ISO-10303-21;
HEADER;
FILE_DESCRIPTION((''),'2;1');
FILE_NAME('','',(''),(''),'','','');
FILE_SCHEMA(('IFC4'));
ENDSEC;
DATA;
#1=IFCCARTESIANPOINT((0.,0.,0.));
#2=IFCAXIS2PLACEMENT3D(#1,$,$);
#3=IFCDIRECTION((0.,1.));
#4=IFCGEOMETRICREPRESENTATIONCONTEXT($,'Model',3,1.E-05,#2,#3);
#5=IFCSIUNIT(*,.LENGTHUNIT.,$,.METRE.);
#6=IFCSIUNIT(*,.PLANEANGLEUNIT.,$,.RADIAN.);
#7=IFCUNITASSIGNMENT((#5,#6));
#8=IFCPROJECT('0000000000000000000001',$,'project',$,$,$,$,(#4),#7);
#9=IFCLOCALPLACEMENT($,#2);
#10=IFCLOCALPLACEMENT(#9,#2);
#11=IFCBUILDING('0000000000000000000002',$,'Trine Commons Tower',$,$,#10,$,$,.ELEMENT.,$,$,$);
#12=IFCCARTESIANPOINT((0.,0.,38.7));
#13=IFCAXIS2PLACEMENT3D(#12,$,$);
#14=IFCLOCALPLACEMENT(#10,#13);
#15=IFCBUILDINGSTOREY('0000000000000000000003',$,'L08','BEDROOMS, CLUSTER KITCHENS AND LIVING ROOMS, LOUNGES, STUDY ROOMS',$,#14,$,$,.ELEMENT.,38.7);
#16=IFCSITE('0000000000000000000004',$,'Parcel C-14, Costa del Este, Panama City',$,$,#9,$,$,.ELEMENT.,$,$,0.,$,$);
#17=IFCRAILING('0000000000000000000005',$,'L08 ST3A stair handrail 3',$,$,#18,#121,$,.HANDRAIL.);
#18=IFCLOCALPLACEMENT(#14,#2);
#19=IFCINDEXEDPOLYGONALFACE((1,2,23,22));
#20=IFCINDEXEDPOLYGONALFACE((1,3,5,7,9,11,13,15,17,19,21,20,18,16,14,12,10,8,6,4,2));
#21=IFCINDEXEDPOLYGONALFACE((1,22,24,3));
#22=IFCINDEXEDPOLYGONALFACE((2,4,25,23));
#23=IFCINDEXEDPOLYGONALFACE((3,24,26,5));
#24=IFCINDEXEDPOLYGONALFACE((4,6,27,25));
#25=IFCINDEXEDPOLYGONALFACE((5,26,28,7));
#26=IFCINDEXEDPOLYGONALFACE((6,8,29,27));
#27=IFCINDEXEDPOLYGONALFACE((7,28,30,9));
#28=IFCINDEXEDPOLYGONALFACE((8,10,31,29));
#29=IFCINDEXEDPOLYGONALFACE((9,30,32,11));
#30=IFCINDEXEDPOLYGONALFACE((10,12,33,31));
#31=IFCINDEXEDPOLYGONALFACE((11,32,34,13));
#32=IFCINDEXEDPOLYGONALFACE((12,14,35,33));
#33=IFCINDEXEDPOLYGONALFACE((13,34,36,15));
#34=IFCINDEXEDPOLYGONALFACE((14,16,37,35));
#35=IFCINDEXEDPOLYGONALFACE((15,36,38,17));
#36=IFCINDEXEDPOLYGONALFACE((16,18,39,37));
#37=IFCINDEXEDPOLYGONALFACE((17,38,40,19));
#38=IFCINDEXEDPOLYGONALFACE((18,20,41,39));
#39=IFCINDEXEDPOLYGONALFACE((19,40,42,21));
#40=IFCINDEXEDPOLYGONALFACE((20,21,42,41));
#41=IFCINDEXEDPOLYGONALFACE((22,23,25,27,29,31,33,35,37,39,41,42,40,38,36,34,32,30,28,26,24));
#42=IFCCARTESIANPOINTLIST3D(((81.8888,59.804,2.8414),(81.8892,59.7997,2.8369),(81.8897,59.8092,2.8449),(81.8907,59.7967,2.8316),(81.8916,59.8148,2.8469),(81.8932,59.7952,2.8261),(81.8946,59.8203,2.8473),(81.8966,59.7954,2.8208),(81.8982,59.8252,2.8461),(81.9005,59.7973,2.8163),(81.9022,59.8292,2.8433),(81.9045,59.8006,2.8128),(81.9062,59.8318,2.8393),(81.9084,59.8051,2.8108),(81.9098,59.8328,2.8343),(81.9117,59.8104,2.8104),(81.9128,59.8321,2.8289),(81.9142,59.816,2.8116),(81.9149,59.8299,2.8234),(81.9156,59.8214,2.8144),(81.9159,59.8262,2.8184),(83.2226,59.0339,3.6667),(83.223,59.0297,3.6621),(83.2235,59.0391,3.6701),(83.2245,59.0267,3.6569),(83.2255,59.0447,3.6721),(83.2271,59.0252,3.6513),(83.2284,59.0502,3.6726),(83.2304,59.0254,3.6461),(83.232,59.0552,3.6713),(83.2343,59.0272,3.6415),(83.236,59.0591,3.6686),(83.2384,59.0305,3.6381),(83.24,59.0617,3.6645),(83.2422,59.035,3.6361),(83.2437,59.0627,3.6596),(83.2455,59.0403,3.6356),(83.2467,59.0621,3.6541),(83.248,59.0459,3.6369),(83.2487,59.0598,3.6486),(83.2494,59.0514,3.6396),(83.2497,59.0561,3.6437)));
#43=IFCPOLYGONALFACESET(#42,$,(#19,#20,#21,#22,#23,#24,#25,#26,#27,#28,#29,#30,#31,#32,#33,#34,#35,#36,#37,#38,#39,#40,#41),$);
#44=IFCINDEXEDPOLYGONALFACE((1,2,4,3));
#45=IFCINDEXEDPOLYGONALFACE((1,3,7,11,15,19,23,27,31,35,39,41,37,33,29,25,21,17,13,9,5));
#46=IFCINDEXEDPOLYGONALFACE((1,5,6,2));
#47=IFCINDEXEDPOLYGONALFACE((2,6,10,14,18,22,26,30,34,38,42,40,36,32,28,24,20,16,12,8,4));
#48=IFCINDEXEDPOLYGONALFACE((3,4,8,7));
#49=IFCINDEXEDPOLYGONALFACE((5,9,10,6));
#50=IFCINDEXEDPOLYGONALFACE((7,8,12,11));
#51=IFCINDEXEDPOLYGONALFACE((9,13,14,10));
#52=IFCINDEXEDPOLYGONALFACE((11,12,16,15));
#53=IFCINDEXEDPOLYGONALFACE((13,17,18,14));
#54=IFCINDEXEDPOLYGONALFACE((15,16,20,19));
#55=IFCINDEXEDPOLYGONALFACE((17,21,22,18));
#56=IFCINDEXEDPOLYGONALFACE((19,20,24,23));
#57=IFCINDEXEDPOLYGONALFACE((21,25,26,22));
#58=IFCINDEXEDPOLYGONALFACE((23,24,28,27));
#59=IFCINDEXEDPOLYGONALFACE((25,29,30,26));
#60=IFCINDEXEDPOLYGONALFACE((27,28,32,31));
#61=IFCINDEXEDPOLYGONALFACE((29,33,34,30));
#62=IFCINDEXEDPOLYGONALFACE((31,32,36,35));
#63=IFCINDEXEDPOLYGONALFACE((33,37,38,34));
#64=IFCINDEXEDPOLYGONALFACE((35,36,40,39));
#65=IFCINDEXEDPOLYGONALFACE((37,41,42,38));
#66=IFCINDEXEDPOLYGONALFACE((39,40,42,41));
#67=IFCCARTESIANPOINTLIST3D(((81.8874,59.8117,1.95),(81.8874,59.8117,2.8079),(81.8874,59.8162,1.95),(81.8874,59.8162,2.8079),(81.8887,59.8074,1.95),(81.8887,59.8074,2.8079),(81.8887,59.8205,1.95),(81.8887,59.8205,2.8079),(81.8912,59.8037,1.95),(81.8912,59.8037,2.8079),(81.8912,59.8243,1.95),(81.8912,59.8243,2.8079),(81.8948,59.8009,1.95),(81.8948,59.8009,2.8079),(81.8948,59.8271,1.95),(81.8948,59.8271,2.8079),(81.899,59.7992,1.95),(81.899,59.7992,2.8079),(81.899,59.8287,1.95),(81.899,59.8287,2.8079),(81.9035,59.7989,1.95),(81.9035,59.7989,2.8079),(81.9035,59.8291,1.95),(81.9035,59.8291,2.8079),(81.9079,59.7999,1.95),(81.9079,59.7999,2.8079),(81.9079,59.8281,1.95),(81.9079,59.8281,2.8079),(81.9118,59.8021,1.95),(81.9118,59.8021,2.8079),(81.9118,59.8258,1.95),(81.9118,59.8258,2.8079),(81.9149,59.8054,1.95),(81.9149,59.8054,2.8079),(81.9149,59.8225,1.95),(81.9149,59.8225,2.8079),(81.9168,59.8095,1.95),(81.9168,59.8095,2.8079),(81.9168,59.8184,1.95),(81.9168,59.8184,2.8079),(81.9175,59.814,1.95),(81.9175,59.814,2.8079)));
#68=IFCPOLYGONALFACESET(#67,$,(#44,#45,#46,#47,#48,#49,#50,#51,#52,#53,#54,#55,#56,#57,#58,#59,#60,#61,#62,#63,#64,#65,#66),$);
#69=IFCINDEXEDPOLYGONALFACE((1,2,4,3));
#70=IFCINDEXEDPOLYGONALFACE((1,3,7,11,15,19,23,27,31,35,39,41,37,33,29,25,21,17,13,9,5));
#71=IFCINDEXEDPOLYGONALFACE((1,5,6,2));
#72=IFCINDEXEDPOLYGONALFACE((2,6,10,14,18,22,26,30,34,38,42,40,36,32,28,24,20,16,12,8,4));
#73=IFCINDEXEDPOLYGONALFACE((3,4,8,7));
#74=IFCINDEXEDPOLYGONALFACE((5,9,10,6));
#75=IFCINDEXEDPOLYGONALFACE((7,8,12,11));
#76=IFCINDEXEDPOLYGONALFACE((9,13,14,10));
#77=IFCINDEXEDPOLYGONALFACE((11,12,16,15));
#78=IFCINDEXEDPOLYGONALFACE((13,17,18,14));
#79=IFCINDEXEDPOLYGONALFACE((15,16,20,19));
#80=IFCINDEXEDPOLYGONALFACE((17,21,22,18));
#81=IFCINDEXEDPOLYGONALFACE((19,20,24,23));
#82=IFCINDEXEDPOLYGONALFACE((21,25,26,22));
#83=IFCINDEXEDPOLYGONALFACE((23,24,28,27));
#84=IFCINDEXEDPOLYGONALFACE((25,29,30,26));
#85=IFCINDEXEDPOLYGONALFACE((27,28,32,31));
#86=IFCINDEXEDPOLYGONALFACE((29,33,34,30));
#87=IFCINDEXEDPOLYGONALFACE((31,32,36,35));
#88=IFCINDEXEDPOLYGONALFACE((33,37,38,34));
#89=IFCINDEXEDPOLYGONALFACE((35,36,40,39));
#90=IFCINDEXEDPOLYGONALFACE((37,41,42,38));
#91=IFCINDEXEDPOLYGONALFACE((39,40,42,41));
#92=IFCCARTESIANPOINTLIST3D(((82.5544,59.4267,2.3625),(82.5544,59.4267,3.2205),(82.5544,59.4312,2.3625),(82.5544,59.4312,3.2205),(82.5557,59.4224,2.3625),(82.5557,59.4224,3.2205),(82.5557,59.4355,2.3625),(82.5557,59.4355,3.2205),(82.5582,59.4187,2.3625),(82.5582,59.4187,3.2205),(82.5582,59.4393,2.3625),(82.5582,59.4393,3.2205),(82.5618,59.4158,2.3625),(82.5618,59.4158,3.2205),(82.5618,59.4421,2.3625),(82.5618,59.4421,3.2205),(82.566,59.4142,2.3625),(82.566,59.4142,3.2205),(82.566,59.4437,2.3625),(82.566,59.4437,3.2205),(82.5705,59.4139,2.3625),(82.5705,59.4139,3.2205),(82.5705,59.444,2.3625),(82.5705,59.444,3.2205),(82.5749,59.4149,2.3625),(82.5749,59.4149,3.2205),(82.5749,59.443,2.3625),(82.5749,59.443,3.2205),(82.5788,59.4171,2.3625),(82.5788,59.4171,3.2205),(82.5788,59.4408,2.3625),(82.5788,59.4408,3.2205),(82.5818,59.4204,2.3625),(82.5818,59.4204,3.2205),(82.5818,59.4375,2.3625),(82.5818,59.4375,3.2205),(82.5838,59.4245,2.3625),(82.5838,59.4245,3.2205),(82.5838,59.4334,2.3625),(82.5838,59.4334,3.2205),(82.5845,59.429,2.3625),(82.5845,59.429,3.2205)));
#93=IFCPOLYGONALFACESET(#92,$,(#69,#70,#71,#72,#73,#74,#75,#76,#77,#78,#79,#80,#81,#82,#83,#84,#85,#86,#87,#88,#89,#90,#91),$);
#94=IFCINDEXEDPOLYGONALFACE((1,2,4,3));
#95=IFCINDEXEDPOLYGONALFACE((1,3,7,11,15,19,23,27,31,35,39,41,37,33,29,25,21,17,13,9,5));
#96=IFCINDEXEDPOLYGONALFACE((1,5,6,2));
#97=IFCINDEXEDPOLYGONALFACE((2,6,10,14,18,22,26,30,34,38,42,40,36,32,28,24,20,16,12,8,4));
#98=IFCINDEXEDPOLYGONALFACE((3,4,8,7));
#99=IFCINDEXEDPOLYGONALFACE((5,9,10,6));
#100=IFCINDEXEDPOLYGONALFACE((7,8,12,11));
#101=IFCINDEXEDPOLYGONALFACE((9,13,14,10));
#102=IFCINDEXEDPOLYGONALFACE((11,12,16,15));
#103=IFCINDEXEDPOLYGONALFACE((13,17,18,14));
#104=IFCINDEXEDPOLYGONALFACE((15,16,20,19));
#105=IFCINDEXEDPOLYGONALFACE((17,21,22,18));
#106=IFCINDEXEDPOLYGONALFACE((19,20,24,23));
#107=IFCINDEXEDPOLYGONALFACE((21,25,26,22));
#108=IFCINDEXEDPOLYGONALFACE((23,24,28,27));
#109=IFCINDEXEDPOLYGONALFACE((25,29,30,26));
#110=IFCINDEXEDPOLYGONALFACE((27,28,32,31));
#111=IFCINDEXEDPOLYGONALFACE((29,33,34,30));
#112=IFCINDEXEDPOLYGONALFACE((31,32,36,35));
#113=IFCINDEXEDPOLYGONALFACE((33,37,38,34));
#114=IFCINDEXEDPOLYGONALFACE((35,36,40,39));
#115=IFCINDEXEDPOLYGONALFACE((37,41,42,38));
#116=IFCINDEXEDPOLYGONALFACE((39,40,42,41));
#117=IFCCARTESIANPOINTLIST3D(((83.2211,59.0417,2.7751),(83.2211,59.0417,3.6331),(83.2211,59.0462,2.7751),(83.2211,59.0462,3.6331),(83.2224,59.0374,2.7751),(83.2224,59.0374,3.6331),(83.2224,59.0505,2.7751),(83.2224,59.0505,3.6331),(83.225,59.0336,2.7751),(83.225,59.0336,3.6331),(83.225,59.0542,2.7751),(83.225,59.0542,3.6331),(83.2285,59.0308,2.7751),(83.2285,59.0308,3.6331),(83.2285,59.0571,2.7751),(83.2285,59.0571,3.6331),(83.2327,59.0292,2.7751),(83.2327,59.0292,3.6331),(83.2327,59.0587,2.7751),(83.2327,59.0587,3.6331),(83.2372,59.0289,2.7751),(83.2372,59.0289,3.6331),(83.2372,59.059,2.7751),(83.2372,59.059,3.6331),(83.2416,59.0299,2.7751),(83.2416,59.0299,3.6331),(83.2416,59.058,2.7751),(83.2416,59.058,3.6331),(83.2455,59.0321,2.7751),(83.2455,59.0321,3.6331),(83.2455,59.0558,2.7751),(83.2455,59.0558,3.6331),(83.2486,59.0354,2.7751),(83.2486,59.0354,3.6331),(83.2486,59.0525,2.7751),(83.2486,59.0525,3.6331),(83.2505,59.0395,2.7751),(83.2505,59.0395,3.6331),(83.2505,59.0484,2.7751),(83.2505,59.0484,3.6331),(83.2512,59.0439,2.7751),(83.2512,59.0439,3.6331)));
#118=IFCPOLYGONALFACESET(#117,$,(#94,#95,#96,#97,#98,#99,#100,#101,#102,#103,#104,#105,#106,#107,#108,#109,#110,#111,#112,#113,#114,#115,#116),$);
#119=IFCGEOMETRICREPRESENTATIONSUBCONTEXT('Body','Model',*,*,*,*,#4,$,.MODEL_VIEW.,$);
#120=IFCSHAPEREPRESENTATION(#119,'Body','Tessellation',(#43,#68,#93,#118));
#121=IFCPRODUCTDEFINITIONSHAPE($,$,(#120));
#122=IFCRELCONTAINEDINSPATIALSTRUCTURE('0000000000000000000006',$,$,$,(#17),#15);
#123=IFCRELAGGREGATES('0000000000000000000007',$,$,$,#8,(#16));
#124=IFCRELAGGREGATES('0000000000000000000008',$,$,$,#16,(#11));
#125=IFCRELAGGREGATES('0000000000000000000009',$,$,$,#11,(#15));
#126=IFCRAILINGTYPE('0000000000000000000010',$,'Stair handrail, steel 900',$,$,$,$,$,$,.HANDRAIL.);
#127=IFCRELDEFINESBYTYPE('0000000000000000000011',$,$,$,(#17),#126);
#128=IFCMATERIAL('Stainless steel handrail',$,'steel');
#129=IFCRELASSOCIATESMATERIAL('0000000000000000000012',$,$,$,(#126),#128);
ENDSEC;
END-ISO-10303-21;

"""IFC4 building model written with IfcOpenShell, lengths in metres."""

from ifc_helpers import new_model, si_unit, direction, frame, origin, origin_2d, place, context, subcontext, project, spatial, circle, extrude, material, type_object, element, save


model = new_model("IFC4")

# Units and contexts
model_context = context("Model", 3, precision=1e-05, world=origin(), true_north=direction((0.0, 1.0)))
body_context = subcontext(model_context, "Body", "Model", "MODEL_VIEW")
ifc_project = project(units=[si_unit("LENGTHUNIT", "METRE"), si_unit("PLANEANGLEUNIT", "RADIAN")], contexts=[model_context])

# Site, building, storey
site_placement = place(None, origin())
site = spatial("IfcSite", under=ifc_project, at=site_placement, Name="Parcel C-14, Costa del Este, Panama City", CompositionType="ELEMENT", RefElevation=0.0)
building_placement = place(site_placement, origin())
building = spatial("IfcBuilding", under=site, at=building_placement, Name="Trine Commons Tower", CompositionType="ELEMENT")
storey_placement = place(building_placement, frame((0.0, 0.0, 38.7)))
storey = spatial("IfcBuildingStorey", under=building, at=storey_placement, Name="L08", Description="BEDROOMS, CLUSTER KITCHENS AND LIVING ROOMS, LOUNGES, STUDY ROOMS", CompositionType="ELEMENT", Elevation=38.7)

# Railing
ifc_material_1 = material(Name="Stainless steel handrail", Category="steel")
railing_type_1 = type_object("IfcRailingType", Name="Stair handrail, steel 900", PredefinedType="HANDRAIL", material=ifc_material_1)
railing_1_placement = place(storey_placement, frame((81.9023, 59.814, 1.95)))
element("IfcRailing", 1, at=railing_1_placement, inside=storey, type_object=railing_type_1, Name="L08 ST3A stair handrail 3", PredefinedType="HANDRAIL", context=body_context, shape_type="SweptSolid", body=[
    extrude(circle(Radius=0.021, at=origin_2d()), frame((0.0, 0.0, 0.8789), z_axis=(0.763355, -0.440714, 0.472293), x_axis=(0.499992, 0.86603, 0.0)), (0.0, 0.0, 1.0), 1.7473),
    extrude(circle(Radius=0.0151, at=origin_2d()), origin(), (0.0, 0.0, 1.0), 0.8579),
    extrude(circle(Radius=0.0151, at=origin_2d()), frame((0.667, -0.385, 0.4126)), (0.0, 0.0, 1.0), 0.8579),
    extrude(circle(Radius=0.0151, at=origin_2d()), frame((1.3337, -0.77, 0.8252)), (0.0, 0.0, 1.0), 0.8579),
])

save(model, "model.ifc")
